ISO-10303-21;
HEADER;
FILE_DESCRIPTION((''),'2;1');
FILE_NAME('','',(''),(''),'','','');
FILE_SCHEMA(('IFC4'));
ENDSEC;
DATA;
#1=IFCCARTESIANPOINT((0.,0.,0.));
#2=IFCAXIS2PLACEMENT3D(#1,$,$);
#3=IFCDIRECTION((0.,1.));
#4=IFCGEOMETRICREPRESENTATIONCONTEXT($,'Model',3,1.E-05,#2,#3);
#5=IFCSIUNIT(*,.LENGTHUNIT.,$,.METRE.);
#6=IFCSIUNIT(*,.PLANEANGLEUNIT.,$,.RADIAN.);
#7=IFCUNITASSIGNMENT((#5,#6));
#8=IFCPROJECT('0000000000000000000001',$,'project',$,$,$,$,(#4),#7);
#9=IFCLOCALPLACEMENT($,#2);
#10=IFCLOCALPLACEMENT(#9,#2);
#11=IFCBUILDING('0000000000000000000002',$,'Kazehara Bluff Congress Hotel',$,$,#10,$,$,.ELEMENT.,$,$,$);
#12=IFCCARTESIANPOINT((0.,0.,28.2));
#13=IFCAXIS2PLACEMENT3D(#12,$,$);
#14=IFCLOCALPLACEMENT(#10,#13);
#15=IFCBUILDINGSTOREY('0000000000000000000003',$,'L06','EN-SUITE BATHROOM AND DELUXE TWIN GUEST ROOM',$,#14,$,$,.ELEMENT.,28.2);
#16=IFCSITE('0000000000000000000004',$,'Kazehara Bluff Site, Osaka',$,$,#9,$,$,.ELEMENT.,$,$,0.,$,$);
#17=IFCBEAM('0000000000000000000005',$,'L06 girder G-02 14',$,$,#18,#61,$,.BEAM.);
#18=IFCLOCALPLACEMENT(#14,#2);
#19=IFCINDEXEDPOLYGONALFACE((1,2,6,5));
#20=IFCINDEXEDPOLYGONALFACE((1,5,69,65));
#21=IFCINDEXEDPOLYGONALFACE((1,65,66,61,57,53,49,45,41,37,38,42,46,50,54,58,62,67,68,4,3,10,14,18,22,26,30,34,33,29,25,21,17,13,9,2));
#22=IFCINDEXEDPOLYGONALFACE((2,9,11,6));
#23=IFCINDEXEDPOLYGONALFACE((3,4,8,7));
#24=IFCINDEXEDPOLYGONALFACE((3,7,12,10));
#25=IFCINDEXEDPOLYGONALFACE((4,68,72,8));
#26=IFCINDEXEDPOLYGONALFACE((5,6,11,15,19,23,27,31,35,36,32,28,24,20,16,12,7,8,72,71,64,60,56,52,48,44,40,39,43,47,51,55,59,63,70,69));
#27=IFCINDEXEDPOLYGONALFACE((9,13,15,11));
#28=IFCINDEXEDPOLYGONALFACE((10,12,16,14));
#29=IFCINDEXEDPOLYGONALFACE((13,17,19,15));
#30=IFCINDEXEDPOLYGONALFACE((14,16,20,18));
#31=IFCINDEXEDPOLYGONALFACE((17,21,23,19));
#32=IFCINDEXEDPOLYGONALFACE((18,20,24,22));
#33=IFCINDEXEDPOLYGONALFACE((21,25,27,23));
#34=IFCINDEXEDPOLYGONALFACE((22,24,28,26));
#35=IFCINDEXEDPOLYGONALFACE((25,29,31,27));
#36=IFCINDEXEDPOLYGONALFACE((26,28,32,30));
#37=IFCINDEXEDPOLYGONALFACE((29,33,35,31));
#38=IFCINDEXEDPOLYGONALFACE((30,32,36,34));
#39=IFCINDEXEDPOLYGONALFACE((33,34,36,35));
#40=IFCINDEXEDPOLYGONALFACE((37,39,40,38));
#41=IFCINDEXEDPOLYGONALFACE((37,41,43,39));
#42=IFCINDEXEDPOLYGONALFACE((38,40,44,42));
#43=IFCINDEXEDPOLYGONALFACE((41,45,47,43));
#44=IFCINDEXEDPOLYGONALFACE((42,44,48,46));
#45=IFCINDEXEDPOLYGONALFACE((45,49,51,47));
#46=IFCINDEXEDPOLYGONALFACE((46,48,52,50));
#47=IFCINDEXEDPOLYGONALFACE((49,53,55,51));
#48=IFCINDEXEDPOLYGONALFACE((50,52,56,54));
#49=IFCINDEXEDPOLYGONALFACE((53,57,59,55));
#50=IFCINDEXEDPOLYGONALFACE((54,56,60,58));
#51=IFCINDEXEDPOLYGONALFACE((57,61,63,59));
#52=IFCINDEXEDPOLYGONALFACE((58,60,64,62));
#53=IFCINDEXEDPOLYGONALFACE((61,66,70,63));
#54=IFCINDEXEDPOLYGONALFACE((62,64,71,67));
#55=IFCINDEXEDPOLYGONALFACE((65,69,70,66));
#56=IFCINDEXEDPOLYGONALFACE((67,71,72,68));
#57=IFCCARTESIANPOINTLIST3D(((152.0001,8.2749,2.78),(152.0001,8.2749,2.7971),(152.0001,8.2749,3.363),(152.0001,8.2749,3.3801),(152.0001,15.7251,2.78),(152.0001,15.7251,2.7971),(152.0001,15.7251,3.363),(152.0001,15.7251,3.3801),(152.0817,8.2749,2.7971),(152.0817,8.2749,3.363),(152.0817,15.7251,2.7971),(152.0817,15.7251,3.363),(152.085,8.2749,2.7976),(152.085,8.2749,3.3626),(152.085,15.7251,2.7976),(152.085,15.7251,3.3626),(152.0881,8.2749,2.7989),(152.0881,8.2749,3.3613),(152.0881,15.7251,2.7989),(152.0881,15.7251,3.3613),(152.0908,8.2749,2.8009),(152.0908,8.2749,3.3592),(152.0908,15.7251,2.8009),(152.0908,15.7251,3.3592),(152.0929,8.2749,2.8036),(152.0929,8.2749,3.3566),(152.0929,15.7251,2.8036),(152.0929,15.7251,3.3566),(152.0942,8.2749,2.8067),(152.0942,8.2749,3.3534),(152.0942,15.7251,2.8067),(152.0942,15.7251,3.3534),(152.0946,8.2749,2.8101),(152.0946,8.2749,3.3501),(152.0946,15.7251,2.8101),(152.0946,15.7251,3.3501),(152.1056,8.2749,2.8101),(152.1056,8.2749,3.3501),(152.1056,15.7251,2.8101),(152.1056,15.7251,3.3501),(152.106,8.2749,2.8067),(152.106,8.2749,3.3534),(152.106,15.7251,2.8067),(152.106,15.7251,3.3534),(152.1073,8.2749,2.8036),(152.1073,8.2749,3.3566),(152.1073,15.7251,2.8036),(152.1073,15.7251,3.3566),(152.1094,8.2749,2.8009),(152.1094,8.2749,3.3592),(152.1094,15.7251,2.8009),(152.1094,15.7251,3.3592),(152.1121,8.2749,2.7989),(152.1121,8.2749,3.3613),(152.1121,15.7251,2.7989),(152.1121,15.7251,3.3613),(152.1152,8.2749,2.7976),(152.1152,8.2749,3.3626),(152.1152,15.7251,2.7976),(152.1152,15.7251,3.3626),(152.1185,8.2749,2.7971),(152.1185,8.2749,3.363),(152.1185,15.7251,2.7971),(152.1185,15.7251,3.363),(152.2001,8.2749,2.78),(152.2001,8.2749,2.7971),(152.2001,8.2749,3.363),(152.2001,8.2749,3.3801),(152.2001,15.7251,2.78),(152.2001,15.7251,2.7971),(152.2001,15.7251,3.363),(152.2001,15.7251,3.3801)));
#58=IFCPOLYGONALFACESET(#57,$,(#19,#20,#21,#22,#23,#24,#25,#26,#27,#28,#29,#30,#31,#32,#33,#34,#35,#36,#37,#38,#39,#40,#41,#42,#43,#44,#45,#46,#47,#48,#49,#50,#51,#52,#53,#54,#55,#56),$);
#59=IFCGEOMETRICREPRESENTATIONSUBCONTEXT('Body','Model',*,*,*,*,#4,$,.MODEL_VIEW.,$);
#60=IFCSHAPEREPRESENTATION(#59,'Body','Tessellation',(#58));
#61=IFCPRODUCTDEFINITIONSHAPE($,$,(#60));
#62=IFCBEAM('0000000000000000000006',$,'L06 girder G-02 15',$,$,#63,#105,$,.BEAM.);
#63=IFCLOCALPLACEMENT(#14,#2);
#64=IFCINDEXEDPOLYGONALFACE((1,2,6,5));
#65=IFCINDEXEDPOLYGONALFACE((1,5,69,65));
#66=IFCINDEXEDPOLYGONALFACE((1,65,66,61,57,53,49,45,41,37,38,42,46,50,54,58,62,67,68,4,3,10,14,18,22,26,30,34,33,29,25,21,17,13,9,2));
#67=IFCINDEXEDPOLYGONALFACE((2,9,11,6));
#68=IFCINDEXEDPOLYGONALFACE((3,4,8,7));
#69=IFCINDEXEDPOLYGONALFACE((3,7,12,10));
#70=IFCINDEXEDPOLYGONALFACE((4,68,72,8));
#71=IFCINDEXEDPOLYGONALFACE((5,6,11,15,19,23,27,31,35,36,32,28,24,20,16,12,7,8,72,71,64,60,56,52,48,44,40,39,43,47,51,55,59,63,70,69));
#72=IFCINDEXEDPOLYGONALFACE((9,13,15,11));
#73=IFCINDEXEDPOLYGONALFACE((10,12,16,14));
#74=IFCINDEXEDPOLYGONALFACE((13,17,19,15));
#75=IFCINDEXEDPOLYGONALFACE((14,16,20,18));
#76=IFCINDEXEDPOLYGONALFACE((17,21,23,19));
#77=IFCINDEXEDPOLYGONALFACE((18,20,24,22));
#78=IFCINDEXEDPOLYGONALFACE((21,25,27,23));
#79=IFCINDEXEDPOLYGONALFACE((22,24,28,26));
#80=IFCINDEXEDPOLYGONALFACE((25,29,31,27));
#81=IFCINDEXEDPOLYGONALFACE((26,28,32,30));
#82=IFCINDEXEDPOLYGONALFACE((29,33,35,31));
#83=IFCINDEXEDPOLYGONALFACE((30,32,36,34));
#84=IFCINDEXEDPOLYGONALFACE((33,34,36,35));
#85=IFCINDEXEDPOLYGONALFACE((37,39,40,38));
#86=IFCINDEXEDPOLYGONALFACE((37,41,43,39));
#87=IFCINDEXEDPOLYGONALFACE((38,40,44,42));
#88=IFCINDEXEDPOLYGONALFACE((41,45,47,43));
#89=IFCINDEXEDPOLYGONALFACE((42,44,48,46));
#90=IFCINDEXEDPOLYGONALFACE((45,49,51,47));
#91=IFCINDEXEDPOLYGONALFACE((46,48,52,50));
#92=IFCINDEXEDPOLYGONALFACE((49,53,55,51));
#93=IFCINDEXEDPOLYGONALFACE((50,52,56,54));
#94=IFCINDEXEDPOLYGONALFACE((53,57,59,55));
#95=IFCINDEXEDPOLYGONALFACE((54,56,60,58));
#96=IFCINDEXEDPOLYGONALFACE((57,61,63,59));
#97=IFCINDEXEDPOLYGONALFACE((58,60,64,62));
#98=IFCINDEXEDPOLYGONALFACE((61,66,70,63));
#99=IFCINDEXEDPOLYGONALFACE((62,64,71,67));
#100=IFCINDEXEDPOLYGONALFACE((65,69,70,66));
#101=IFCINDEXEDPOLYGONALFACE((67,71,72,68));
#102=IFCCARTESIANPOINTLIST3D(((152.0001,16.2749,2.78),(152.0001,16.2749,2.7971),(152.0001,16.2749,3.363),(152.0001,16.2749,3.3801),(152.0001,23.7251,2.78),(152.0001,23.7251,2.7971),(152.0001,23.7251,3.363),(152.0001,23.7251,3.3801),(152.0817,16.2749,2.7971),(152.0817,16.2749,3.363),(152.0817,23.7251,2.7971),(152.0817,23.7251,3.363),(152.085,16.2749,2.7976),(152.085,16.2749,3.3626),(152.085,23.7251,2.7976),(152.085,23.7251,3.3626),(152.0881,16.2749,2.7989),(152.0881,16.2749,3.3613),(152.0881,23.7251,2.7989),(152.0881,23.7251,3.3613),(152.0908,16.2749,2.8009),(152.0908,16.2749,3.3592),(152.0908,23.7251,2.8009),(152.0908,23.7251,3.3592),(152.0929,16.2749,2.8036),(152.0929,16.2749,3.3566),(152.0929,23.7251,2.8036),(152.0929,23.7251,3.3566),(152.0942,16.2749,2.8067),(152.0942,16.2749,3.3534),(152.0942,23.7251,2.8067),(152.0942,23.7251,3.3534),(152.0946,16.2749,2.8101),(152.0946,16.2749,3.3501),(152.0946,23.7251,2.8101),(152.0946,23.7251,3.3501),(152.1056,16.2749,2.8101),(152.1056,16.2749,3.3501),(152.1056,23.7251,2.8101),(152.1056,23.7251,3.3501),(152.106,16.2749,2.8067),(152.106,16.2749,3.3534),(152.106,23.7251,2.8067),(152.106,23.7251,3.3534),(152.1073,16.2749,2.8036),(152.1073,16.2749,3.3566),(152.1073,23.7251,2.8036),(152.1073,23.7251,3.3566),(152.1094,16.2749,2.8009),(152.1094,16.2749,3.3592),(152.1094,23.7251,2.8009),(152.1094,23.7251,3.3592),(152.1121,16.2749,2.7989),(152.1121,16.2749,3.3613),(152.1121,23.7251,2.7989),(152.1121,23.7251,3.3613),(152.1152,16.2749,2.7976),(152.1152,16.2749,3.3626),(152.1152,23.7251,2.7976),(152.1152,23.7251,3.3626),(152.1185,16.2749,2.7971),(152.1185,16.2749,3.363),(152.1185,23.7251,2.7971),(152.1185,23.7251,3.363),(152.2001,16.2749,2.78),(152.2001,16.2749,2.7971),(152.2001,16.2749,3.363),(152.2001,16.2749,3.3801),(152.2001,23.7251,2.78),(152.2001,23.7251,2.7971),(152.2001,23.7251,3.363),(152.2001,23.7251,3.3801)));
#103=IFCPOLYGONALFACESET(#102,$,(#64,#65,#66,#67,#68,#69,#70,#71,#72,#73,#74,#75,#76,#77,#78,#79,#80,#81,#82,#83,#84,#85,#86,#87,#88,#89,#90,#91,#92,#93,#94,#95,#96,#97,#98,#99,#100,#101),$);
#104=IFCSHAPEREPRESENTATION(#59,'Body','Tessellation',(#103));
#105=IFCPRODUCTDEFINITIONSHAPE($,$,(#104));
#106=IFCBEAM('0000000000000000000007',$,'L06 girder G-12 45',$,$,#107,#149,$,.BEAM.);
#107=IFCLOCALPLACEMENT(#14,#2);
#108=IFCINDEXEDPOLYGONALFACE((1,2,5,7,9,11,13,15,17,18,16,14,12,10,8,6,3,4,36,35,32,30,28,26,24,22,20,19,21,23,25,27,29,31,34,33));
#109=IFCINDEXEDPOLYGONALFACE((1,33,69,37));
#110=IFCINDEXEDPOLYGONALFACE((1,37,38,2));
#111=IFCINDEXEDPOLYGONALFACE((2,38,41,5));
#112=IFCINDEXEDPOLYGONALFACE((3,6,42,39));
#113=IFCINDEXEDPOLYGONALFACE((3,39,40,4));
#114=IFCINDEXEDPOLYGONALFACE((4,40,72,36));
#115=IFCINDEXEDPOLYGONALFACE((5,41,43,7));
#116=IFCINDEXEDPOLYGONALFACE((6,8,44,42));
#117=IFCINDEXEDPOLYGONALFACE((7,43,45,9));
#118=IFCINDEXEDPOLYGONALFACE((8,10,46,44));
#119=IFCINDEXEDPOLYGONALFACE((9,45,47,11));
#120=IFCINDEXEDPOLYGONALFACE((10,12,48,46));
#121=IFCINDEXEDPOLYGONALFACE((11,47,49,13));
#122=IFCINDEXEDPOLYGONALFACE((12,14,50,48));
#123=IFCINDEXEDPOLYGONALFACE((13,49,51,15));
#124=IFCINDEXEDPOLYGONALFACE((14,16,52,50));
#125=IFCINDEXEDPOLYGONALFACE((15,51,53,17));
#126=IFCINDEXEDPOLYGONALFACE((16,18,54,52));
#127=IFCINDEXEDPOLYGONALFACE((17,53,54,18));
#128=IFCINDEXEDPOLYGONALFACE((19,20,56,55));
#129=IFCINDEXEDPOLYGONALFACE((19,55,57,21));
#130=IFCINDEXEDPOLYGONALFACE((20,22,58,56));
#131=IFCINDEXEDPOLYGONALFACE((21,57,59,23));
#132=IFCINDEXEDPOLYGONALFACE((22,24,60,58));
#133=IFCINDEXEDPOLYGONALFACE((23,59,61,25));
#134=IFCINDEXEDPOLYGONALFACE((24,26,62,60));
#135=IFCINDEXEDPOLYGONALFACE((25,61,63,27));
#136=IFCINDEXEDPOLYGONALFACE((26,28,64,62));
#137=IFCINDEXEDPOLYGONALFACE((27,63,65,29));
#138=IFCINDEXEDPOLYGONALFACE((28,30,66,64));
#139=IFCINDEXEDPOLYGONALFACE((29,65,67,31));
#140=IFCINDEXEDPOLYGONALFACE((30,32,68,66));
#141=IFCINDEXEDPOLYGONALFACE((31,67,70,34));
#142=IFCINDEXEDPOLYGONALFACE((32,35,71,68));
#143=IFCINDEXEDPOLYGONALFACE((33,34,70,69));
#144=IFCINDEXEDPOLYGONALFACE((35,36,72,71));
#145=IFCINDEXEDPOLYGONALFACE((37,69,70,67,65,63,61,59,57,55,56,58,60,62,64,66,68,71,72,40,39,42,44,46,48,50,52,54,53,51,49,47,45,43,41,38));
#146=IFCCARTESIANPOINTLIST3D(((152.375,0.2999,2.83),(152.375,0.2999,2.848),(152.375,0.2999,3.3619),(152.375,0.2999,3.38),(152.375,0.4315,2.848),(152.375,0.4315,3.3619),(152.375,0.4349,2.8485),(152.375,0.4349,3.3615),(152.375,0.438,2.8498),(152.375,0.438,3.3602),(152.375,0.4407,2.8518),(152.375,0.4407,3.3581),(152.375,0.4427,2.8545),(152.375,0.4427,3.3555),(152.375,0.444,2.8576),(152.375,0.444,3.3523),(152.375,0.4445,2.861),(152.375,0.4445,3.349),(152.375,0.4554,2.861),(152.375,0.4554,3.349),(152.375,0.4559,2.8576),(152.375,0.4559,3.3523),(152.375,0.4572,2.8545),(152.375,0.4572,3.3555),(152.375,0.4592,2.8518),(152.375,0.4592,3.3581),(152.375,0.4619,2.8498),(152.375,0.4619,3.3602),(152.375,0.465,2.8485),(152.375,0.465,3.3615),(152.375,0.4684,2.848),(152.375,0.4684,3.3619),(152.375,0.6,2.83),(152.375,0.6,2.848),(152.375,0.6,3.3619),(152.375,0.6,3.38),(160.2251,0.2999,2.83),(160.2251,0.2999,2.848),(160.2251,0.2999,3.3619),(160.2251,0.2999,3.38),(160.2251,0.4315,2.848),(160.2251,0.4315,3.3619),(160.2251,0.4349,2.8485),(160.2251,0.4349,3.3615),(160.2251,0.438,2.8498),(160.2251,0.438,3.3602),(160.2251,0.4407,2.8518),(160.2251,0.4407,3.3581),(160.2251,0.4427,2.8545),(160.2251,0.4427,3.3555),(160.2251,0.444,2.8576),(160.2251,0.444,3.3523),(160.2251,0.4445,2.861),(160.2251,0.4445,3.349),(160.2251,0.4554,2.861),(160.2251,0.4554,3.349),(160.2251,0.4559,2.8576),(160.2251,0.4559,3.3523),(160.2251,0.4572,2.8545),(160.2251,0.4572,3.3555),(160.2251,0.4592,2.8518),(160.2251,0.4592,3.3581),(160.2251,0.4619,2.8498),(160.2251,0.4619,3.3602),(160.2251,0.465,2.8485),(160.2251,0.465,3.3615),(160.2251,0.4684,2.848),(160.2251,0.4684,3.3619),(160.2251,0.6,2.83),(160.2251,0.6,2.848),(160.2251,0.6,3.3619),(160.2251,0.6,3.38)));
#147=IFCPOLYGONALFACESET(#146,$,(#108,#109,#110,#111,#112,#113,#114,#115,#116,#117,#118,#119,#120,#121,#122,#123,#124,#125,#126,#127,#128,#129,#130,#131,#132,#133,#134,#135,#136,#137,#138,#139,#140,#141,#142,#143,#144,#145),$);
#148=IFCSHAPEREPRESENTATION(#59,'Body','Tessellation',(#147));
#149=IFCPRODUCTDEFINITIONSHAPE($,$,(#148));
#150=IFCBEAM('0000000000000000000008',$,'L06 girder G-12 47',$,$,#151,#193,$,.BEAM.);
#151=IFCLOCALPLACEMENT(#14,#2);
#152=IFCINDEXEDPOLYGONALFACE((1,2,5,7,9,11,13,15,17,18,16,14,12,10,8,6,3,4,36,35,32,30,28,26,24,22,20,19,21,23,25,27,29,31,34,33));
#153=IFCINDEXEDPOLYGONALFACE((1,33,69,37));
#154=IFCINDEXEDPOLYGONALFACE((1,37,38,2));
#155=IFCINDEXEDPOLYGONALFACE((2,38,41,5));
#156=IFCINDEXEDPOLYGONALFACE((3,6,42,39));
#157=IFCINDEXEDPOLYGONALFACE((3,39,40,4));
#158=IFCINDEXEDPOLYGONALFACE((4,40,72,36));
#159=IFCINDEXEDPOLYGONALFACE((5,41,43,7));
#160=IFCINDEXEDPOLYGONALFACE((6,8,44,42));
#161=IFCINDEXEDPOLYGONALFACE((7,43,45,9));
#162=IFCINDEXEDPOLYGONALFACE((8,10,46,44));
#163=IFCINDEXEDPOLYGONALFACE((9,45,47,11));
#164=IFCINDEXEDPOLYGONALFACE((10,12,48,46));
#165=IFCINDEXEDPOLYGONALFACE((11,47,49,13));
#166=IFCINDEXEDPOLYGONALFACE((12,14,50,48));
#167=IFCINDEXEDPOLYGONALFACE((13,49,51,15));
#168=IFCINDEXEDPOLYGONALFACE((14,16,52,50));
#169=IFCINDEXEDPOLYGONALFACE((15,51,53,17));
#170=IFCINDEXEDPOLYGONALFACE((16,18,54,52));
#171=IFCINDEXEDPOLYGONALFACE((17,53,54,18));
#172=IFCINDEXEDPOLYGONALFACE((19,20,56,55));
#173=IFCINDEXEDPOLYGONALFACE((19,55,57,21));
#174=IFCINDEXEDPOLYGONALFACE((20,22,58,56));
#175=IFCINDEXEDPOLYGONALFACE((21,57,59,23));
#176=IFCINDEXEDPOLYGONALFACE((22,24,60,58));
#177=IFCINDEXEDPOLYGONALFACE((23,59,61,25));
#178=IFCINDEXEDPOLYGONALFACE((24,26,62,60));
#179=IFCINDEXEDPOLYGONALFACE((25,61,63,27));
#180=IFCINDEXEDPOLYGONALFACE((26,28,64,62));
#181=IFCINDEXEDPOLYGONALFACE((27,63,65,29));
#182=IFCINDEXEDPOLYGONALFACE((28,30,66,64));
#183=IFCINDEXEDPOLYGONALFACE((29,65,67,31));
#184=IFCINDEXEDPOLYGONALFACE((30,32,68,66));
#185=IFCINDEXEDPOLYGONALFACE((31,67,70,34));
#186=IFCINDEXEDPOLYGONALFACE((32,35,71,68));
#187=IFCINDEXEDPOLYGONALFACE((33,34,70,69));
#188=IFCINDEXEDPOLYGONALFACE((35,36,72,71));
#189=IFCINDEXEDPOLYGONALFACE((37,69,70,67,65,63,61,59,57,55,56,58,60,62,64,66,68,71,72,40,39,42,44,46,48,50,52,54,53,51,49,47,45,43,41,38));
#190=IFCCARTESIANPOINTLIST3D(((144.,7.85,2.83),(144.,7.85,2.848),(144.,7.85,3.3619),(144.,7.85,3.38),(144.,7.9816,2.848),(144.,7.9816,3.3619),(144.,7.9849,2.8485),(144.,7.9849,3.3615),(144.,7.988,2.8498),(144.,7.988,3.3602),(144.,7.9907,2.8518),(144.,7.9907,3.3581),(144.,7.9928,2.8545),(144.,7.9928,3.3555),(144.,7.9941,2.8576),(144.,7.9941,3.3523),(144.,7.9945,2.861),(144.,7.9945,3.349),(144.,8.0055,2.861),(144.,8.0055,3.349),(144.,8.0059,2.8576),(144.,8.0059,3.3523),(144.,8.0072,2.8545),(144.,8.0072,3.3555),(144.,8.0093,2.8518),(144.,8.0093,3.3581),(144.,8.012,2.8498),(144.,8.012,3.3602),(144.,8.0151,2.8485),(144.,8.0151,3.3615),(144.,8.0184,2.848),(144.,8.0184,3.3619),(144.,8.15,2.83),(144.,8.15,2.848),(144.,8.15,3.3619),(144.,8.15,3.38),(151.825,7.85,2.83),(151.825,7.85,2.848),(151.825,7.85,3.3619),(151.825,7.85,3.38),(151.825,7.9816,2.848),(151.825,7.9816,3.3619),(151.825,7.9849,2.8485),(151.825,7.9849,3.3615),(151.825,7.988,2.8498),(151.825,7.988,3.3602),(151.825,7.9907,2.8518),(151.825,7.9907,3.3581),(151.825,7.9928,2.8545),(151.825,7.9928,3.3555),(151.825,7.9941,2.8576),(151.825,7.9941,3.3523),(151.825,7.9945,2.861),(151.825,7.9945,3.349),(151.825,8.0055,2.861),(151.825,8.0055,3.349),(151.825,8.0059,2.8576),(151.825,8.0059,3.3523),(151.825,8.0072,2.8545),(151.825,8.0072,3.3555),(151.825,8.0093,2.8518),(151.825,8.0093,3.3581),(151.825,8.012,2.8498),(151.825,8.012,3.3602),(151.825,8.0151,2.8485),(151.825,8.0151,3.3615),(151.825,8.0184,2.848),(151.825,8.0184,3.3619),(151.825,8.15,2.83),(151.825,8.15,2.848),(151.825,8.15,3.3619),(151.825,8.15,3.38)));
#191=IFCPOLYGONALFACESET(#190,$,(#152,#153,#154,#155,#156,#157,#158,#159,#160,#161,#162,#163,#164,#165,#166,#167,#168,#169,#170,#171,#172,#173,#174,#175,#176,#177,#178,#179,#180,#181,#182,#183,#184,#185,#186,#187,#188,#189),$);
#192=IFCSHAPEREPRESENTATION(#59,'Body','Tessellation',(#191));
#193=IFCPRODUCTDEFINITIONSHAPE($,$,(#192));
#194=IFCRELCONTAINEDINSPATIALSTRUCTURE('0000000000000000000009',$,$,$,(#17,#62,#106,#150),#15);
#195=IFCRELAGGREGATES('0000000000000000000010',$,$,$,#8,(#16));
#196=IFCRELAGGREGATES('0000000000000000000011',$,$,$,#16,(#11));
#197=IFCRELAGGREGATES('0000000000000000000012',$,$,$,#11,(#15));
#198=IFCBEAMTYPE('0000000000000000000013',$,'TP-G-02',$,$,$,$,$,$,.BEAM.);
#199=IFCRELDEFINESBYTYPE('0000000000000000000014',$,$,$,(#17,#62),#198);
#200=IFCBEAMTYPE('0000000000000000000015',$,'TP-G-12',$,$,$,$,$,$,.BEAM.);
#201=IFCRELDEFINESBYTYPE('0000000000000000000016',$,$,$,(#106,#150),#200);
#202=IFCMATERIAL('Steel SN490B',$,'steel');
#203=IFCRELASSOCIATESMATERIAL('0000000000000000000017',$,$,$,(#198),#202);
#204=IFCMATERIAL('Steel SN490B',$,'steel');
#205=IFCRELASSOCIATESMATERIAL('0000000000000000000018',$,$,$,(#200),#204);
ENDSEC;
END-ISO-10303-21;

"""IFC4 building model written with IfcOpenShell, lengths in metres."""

from ifc_helpers import new_model, si_unit, direction, frame, origin, origin_2d, place, context, subcontext, project, spatial, i_section, extrude, material, material_profile, profile_set, type_object, element, save


model = new_model("IFC4")

# Units and contexts
model_context = context("Model", 3, precision=1e-05, world=origin(), true_north=direction((0.0, 1.0)))
body_context = subcontext(model_context, "Body", "Model", "MODEL_VIEW")
ifc_project = project(units=[si_unit("LENGTHUNIT", "METRE"), si_unit("PLANEANGLEUNIT", "RADIAN")], contexts=[model_context])

# Site, building, storey
site_placement = place(None, origin())
site = spatial("IfcSite", under=ifc_project, at=site_placement, Name="Kazehara Bluff Site, Osaka", CompositionType="ELEMENT", RefElevation=0.0)
building_placement = place(site_placement, origin())
building = spatial("IfcBuilding", under=site, at=building_placement, Name="Kazehara Bluff Congress Hotel", CompositionType="ELEMENT")
storey_placement = place(building_placement, frame((0.0, 0.0, 28.2)))
storey = spatial("IfcBuildingStorey", under=building, at=storey_placement, Name="L06", Description="EN-SUITE BATHROOM AND DELUXE TWIN GUEST ROOM", CompositionType="ELEMENT", Elevation=28.2)

# Beams
ifc_material_1 = material(Name="Steel SN490B", Category="steel")
ifc_material_profile_1 = material_profile(ifc_material_1, i_section(OverallWidth=0.2, OverallDepth=0.6001, WebThickness=0.011, FlangeThickness=0.0171, FilletRadius=0.0129, at=origin_2d()))
ifc_profile_set_1 = profile_set([ifc_material_profile_1], Name="Steel SN490B")
beam_type_1 = type_object("IfcBeamType", Name="TP-G-02", PredefinedType="BEAM", material=ifc_profile_set_1)
for number, where, z_axis, x_axis, name in (
    (1, (152.1001, 8.2749, 3.0801), (0.0, 1.0, 0.0), (-1.0, 0.0, 0.0), "L06 girder G-02 14"),
    (2, (152.1001, 16.2749, 3.0801), (0.0, 1.0, 0.0), (-1.0, 0.0, 0.0), "L06 girder G-02 15"),
):
    element("IfcBeam", number, at=place(storey_placement, frame(where, z_axis=z_axis, x_axis=x_axis)), inside=storey, type_object=beam_type_1, Name=name, PredefinedType="BEAM", context=body_context, shape_type="SweptSolid", body=[
        extrude(i_section(OverallWidth=0.2, OverallDepth=0.6001, WebThickness=0.011, FlangeThickness=0.0171, FilletRadius=0.0129, at=origin_2d()), origin(), (0.0, 0.0, 1.0), 7.4502),
    ])
ifc_material_2 = material(Name="Steel SN490B", Category="steel")
ifc_material_profile_2 = material_profile(ifc_material_2, i_section(OverallWidth=0.3, OverallDepth=0.55, WebThickness=0.011, FlangeThickness=0.0181, FilletRadius=0.0129, at=origin_2d()))
ifc_profile_set_2 = profile_set([ifc_material_profile_2], Name="Steel SN490B")
beam_type_2 = type_object("IfcBeamType", Name="TP-G-12", PredefinedType="BEAM", material=ifc_profile_set_2)
beam_1_placement = place(storey_placement, frame((152.375, 0.45, 3.105), z_axis=(1.0, 0.0, 0.0), x_axis=(0.0, 1.0, 0.0)))
element("IfcBeam", 3, at=beam_1_placement, inside=storey, type_object=beam_type_2, Name="L06 girder G-12 45", PredefinedType="BEAM", context=body_context, shape_type="SweptSolid", body=[
    extrude(i_section(OverallWidth=0.3, OverallDepth=0.55, WebThickness=0.011, FlangeThickness=0.0181, FilletRadius=0.0129, at=origin_2d()), origin(), (0.0, 0.0, 1.0), 7.8501),
])
beam_2_placement = place(storey_placement, frame((144.0, 8.0, 3.105), z_axis=(1.0, 0.0, 0.0), x_axis=(0.0, 1.0, 0.0)))
element("IfcBeam", 4, at=beam_2_placement, inside=storey, type_object=beam_type_2, Name="L06 girder G-12 47", PredefinedType="BEAM", context=body_context, shape_type="SweptSolid", body=[
    extrude(i_section(OverallWidth=0.3, OverallDepth=0.55, WebThickness=0.011, FlangeThickness=0.0181, FilletRadius=0.0129, at=origin_2d()), origin(), (0.0, 0.0, 1.0), 7.825),
])

save(model, "model.ifc")
